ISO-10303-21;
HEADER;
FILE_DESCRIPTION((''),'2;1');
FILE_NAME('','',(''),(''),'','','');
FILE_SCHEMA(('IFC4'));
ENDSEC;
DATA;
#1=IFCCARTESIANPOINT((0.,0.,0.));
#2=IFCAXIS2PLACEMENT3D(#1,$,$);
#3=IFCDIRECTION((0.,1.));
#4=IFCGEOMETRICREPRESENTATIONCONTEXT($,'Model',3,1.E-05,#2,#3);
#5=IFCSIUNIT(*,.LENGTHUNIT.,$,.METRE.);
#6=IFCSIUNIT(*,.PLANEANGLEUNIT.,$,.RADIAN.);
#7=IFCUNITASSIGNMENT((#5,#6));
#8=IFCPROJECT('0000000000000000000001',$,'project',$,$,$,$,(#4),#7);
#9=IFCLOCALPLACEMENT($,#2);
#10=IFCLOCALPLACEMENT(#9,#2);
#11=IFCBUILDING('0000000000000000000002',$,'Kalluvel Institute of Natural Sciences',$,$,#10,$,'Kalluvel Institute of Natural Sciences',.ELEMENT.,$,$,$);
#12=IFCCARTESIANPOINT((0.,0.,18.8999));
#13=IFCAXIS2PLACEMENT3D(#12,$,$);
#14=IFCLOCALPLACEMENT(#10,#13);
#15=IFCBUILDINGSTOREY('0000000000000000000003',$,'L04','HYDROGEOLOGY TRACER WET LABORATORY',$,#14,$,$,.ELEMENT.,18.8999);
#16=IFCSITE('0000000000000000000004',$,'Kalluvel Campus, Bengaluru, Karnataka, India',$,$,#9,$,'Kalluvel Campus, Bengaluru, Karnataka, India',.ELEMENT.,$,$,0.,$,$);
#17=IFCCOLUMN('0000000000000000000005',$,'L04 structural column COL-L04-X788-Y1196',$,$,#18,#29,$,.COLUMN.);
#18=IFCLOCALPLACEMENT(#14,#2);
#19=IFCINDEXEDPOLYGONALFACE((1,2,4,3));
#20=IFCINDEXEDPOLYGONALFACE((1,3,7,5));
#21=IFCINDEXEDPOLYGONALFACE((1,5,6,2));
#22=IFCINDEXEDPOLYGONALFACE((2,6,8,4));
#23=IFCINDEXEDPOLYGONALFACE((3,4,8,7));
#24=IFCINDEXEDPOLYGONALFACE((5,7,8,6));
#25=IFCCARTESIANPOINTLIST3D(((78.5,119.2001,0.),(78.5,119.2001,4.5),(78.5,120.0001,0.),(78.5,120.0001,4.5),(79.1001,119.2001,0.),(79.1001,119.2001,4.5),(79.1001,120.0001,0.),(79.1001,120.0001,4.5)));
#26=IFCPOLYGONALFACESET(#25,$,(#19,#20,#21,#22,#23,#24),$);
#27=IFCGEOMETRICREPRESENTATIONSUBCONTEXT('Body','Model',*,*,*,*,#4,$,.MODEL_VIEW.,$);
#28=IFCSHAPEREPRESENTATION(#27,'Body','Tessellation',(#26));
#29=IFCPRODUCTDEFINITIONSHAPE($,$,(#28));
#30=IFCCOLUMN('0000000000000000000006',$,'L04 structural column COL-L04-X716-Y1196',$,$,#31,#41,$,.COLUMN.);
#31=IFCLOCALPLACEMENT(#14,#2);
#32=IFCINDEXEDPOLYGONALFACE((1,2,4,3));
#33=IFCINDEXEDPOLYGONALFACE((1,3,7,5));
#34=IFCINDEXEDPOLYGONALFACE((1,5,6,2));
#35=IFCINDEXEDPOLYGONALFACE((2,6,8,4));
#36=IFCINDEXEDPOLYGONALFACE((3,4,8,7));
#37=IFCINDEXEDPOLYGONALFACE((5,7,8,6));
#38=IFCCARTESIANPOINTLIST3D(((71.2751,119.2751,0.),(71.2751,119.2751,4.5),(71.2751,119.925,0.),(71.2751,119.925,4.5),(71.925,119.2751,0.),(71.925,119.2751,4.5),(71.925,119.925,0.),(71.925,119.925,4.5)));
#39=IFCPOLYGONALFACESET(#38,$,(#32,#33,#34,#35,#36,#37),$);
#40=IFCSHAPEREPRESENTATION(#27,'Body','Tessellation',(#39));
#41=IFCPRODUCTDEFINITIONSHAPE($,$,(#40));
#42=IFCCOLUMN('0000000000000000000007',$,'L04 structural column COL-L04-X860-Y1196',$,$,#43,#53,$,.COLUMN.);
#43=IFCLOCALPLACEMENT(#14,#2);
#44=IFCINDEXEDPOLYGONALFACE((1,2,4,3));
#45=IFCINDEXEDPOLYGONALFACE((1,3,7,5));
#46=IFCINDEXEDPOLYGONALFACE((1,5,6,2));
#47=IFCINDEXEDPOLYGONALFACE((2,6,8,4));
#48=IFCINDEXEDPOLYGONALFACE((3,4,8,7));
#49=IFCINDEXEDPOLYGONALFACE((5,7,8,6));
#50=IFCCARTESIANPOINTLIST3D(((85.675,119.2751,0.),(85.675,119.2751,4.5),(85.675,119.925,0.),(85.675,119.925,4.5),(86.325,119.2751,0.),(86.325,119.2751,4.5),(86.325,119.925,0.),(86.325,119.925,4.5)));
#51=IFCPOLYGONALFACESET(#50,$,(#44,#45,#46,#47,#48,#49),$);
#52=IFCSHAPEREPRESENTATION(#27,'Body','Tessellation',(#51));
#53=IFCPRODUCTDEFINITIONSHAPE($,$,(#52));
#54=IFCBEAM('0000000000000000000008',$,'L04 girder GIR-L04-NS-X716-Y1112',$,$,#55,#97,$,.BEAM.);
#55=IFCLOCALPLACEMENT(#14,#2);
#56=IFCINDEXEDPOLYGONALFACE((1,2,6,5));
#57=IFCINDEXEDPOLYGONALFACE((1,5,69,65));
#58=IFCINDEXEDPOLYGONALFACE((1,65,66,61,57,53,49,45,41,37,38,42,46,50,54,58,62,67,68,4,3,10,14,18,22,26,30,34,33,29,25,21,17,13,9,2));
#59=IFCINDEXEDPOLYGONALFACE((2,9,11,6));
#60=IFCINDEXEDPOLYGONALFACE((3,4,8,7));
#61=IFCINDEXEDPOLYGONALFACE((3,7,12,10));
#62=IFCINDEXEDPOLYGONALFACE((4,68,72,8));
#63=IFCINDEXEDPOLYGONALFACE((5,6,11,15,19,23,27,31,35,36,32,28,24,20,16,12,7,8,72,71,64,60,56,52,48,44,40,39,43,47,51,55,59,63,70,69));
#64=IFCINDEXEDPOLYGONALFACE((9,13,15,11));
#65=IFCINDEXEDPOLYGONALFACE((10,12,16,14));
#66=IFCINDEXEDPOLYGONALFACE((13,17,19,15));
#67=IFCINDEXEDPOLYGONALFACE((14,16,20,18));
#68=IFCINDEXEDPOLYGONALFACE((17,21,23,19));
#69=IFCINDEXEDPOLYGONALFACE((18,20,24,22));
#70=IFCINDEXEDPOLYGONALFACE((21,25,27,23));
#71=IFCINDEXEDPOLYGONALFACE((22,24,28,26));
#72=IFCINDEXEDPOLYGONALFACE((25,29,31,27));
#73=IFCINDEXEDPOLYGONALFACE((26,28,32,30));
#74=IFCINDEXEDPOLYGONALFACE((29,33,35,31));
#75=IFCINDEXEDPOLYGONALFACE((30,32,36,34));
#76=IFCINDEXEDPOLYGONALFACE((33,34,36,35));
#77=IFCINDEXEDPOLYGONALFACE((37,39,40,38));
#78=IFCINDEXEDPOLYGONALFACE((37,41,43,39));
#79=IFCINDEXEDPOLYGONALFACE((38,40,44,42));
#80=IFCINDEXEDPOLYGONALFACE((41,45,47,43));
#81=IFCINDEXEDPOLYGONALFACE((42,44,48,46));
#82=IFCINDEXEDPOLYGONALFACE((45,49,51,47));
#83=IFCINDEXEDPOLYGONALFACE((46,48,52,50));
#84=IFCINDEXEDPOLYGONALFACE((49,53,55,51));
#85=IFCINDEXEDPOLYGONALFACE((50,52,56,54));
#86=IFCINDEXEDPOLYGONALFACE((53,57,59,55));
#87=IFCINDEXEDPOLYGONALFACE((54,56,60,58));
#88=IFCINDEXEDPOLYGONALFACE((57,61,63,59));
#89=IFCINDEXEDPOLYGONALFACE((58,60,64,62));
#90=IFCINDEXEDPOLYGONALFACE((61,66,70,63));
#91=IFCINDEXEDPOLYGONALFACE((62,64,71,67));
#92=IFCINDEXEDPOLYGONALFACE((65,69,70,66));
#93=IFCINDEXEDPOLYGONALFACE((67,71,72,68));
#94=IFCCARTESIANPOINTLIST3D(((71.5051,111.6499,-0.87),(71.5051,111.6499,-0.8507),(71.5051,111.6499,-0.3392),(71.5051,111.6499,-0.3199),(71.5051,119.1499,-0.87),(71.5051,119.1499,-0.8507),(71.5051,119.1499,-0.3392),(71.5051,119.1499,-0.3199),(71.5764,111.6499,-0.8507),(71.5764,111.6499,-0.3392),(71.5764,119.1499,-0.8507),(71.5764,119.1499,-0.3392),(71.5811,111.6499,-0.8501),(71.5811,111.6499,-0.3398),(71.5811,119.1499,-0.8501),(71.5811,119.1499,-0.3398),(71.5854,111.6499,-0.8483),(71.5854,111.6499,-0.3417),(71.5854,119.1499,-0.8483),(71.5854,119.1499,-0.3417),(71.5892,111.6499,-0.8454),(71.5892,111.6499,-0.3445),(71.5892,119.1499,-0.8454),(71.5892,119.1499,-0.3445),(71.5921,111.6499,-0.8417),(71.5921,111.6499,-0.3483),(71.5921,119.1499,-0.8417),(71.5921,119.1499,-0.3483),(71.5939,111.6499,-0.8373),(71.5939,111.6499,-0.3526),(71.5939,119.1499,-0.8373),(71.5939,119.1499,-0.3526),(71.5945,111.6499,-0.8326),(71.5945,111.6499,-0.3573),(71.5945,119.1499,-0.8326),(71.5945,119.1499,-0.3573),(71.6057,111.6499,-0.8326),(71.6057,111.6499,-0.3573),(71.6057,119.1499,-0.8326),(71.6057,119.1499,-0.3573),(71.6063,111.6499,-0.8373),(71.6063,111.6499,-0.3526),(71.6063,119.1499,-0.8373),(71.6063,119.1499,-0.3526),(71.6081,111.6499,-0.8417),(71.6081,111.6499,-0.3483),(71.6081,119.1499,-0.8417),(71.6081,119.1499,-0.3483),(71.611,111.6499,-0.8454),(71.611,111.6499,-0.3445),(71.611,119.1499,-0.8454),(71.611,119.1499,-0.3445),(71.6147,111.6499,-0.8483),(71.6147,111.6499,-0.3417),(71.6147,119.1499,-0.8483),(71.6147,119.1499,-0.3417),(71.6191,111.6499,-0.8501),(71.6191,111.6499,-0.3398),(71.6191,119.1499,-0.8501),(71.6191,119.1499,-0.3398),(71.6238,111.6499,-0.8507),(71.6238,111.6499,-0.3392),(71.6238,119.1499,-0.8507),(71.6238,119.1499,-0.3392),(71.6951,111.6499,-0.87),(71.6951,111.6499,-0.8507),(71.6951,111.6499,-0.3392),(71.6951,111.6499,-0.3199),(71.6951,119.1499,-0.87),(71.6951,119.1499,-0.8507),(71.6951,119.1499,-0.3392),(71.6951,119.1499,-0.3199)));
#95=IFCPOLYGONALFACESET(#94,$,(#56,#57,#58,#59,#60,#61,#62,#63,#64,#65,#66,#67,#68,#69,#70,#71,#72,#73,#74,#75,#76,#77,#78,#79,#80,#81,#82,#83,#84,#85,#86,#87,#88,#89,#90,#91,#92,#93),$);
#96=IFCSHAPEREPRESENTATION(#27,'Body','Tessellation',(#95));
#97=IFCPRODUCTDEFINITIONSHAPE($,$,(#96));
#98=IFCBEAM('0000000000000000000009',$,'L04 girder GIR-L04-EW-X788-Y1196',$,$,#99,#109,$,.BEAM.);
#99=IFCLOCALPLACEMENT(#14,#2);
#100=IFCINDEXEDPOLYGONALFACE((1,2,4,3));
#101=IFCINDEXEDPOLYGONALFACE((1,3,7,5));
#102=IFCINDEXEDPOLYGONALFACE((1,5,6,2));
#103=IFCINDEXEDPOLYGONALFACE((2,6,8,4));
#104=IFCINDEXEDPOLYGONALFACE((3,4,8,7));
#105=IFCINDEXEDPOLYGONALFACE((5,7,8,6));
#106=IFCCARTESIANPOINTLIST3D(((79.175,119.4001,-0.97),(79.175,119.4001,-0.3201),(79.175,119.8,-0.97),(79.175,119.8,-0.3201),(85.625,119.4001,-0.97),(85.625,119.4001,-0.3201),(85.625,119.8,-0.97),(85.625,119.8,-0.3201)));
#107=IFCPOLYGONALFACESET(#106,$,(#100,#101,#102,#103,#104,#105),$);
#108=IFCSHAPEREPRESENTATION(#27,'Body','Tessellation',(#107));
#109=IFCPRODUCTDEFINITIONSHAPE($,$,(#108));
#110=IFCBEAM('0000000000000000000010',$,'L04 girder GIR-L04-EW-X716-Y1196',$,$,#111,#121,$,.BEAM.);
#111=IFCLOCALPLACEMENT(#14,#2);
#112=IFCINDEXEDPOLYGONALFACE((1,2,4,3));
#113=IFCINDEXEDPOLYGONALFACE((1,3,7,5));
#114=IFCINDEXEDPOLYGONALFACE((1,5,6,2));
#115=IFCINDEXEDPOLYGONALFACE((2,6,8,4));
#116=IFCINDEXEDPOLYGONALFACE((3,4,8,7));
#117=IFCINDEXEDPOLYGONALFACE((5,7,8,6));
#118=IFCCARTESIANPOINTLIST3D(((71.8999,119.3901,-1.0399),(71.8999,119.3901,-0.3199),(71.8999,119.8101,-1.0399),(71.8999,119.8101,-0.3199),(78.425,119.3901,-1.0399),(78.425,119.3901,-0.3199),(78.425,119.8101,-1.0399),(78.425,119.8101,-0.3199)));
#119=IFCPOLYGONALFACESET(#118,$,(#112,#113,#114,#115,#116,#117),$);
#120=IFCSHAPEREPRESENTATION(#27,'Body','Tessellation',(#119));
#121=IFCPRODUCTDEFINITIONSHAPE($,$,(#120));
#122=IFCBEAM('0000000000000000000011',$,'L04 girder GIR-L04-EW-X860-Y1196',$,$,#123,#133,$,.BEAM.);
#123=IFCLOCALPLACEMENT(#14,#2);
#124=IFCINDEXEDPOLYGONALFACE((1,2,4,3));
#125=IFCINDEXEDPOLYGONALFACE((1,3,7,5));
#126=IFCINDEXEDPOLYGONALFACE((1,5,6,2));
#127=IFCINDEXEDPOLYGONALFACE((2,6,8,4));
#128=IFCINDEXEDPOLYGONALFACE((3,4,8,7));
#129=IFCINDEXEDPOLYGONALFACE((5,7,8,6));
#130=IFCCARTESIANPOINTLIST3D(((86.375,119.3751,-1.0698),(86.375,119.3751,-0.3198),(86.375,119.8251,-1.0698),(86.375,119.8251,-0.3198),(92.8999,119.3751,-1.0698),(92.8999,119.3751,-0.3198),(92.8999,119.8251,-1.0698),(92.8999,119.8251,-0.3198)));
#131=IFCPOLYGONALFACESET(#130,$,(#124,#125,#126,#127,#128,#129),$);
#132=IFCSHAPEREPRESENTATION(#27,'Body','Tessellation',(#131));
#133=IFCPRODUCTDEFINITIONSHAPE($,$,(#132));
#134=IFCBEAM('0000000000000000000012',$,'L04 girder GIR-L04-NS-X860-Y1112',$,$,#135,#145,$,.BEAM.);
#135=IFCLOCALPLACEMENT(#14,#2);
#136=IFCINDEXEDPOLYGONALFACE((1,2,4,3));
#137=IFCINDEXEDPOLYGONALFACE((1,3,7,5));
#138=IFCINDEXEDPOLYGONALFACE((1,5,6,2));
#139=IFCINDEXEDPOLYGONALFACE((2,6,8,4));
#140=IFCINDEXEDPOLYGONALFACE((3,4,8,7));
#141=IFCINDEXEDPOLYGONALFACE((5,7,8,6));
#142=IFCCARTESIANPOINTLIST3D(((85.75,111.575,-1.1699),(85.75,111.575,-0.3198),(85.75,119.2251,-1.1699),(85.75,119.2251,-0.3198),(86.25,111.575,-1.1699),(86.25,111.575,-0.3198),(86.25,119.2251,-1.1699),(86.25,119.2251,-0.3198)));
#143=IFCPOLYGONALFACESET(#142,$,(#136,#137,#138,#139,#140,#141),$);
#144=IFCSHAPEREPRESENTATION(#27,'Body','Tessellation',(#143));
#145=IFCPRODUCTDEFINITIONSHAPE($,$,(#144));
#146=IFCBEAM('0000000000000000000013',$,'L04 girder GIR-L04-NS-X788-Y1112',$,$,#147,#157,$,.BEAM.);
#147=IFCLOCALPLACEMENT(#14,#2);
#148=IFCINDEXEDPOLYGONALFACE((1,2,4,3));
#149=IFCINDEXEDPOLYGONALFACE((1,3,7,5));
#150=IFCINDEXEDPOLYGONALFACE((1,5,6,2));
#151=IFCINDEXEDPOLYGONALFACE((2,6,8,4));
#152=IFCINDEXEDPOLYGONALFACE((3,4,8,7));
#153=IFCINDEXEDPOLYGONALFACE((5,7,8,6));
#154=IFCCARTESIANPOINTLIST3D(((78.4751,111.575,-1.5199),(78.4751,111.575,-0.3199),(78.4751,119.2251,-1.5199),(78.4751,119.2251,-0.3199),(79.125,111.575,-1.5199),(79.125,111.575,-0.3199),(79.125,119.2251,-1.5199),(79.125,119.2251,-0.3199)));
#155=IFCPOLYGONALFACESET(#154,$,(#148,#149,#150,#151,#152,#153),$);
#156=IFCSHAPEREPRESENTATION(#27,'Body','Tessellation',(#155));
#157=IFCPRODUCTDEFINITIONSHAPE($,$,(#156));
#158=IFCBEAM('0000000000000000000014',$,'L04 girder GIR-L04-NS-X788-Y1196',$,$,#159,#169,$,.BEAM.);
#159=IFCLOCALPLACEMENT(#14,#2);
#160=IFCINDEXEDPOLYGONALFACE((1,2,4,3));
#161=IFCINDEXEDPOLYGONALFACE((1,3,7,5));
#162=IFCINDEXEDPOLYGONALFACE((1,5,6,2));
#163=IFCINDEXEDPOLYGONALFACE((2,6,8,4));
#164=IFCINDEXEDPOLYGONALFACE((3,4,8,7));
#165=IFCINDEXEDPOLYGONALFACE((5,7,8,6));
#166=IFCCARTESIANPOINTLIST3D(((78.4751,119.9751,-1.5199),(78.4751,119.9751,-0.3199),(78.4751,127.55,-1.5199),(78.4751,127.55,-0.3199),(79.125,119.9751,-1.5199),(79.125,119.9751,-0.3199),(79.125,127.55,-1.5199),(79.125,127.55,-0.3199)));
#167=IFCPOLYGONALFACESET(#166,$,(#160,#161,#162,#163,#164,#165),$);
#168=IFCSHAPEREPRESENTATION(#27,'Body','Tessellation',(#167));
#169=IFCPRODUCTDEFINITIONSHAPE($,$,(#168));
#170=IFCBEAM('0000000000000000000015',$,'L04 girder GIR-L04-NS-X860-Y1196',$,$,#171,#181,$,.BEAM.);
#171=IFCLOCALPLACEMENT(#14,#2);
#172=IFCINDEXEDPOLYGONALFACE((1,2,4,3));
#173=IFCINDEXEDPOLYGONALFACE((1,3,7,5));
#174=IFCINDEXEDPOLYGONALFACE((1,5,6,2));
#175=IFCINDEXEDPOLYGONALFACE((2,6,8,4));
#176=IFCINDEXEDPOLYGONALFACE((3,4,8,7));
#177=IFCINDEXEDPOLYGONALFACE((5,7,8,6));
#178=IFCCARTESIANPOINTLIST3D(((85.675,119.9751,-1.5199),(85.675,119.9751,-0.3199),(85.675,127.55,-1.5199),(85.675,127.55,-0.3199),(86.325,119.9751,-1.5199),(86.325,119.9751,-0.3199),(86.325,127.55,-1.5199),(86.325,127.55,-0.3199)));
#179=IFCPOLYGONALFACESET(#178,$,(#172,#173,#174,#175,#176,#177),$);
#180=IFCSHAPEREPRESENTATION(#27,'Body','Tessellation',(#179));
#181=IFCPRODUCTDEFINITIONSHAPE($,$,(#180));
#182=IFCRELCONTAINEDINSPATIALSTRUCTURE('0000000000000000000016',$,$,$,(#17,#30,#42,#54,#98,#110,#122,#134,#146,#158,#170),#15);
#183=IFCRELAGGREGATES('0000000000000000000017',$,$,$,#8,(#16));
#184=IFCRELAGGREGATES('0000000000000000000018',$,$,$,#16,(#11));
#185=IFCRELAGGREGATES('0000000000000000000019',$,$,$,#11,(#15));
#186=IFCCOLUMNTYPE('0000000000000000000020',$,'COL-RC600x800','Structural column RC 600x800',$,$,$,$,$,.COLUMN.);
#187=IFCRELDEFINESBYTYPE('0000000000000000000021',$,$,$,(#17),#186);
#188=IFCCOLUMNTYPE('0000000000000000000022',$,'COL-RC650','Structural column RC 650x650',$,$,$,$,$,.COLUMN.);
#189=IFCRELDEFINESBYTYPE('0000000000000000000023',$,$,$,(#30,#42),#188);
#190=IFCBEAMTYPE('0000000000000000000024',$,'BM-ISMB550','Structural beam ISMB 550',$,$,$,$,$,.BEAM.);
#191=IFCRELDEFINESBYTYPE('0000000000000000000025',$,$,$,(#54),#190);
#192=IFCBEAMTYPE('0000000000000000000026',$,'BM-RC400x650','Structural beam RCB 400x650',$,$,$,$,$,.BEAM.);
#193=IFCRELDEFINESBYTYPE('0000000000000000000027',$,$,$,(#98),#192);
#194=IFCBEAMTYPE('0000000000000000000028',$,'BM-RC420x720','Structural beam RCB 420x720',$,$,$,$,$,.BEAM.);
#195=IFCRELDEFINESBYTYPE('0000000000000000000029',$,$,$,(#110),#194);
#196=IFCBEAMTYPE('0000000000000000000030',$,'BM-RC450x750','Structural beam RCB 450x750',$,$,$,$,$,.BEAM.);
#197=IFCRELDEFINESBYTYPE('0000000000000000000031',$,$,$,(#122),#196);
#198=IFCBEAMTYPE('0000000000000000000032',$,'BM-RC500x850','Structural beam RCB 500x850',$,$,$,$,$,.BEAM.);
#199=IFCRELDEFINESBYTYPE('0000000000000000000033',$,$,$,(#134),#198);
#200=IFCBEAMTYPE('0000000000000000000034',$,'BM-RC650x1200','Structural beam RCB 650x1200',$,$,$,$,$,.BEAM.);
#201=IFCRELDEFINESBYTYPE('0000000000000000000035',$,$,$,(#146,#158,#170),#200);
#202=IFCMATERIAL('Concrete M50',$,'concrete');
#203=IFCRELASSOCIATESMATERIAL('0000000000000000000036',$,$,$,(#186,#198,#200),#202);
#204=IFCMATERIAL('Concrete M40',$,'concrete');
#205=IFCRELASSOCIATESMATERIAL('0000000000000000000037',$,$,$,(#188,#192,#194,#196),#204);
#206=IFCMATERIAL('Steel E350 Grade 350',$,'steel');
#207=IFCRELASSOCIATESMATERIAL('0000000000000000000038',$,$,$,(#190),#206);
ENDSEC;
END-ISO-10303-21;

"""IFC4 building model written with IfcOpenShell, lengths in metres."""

from ifc_helpers import new_model, si_unit, direction, frame, origin, origin_2d, place, context, subcontext, project, spatial, rectangle, i_section, extrude, material, material_profile, profile_set, type_object, element, save


model = new_model("IFC4")

# Units and contexts
model_context = context("Model", 3, precision=1e-05, world=origin(), true_north=direction((0.0, 1.0)))
body_context = subcontext(model_context, "Body", "Model", "MODEL_VIEW")
ifc_project = project(units=[si_unit("LENGTHUNIT", "METRE"), si_unit("PLANEANGLEUNIT", "RADIAN")], contexts=[model_context])

# Site, building, storey
site_placement = place(None, origin())
site = spatial("IfcSite", under=ifc_project, at=site_placement, Name="Kalluvel Campus, Bengaluru, Karnataka, India", LongName="Kalluvel Campus, Bengaluru, Karnataka, India", CompositionType="ELEMENT", RefElevation=0.0)
building_placement = place(site_placement, origin())
building = spatial("IfcBuilding", under=site, at=building_placement, Name="Kalluvel Institute of Natural Sciences", LongName="Kalluvel Institute of Natural Sciences", CompositionType="ELEMENT")
storey_placement = place(building_placement, frame((0.0, 0.0, 18.8999)))
storey = spatial("IfcBuildingStorey", under=building, at=storey_placement, Name="L04", Description="HYDROGEOLOGY TRACER WET LABORATORY", CompositionType="ELEMENT", Elevation=18.8999)

# Columns
ifc_material_1 = material(Name="Concrete M50", Category="concrete")
ifc_material_profile_1 = material_profile(ifc_material_1, rectangle(XDim=0.6001, YDim=0.8, at=origin_2d()), Name="RC 600x800")
ifc_profile_set_1 = profile_set([ifc_material_profile_1], Name="Concrete M50")
column_type_1 = type_object("IfcColumnType", Name="COL-RC600x800", Description="Structural column RC 600x800", PredefinedType="COLUMN", material=ifc_profile_set_1)
column_placement = place(storey_placement, frame((78.8, 119.6001, 0.0), z_axis=(0.0, 0.0, 1.0), x_axis=(1.0, 0.0, 0.0)))
element("IfcColumn", 1, at=column_placement, inside=storey, type_object=column_type_1, Name="L04 structural column COL-L04-X788-Y1196", PredefinedType="COLUMN", context=body_context, shape_type="SweptSolid", body=[
    extrude(rectangle(XDim=0.6001, YDim=0.8, at=origin_2d()), origin(), (0.0, 0.0, 1.0), 4.5),
])
ifc_material_2 = material(Name="Concrete M40", Category="concrete")
ifc_material_profile_2 = material_profile(ifc_material_2, rectangle(XDim=0.6499, YDim=0.6499, at=origin_2d()), Name="RC 650x650")
ifc_profile_set_2 = profile_set([ifc_material_profile_2], Name="Concrete M40")
column_type_2 = type_object("IfcColumnType", Name="COL-RC650", Description="Structural column RC 650x650", PredefinedType="COLUMN", material=ifc_profile_set_2)
for number, where, z_axis, x_axis, name in (
    (2, (71.6001, 119.6001, 0.0), (0.0, 0.0, 1.0), (1.0, 0.0, 0.0), "L04 structural column COL-L04-X716-Y1196"),
    (3, (86.0, 119.6001, 0.0), (0.0, 0.0, 1.0), (1.0, 0.0, 0.0), "L04 structural column COL-L04-X860-Y1196"),
):
    element("IfcColumn", number, at=place(storey_placement, frame(where, z_axis=z_axis, x_axis=x_axis)), inside=storey, type_object=column_type_2, Name=name, PredefinedType="COLUMN", context=body_context, shape_type="SweptSolid", body=[
        extrude(rectangle(XDim=0.6499, YDim=0.6499, at=origin_2d()), origin(), (0.0, 0.0, 1.0), 4.5),
    ])

# Beams
ifc_material_3 = material(Name="Steel E350 Grade 350", Category="steel")
ifc_material_profile_3 = material_profile(ifc_material_3, i_section(OverallWidth=0.1899, OverallDepth=0.55, WebThickness=0.0112, FlangeThickness=0.0193, FilletRadius=0.0181, at=origin_2d()), Name="ISMB 550")
ifc_profile_set_3 = profile_set([ifc_material_profile_3], Name="Steel E350 Grade 350")
beam_type_1 = type_object("IfcBeamType", Name="BM-ISMB550", Description="Structural beam ISMB 550", PredefinedType="BEAM", material=ifc_profile_set_3)
beam_1_placement = place(storey_placement, frame((71.6001, 111.6499, -0.595), z_axis=(0.0, 1.0, 0.0), x_axis=(-1.0, 0.0, 0.0)))
element("IfcBeam", 4, at=beam_1_placement, inside=storey, type_object=beam_type_1, Name="L04 girder GIR-L04-NS-X716-Y1112", PredefinedType="BEAM", context=body_context, shape_type="SweptSolid", body=[
    extrude(i_section(OverallWidth=0.1899, OverallDepth=0.55, WebThickness=0.0112, FlangeThickness=0.0193, FilletRadius=0.0181, at=origin_2d()), origin(), (0.0, 0.0, 1.0), 7.5),
])
ifc_material_profile_4 = material_profile(ifc_material_2, rectangle(XDim=0.3999, YDim=0.6499, at=origin_2d()), Name="RCB 400x650")
ifc_profile_set_4 = profile_set([ifc_material_profile_4], Name="Concrete M40")
beam_type_2 = type_object("IfcBeamType", Name="BM-RC400x650", Description="Structural beam RCB 400x650", PredefinedType="BEAM", material=ifc_profile_set_4)
beam_2_placement = place(storey_placement, frame((79.175, 119.6001, -0.645), z_axis=(1.0, 0.0, 0.0), x_axis=(0.0, 1.0, 0.0)))
element("IfcBeam", 5, at=beam_2_placement, inside=storey, type_object=beam_type_2, Name="L04 girder GIR-L04-EW-X788-Y1196", PredefinedType="BEAM", context=body_context, shape_type="SweptSolid", body=[
    extrude(rectangle(XDim=0.3999, YDim=0.6499, at=origin_2d()), origin(), (0.0, 0.0, 1.0), 6.45),
])
ifc_material_profile_5 = material_profile(ifc_material_2, rectangle(XDim=0.4199, YDim=0.72, at=origin_2d()), Name="RCB 420x720")
ifc_profile_set_5 = profile_set([ifc_material_profile_5], Name="Concrete M40")
beam_type_3 = type_object("IfcBeamType", Name="BM-RC420x720", Description="Structural beam RCB 420x720", PredefinedType="BEAM", material=ifc_profile_set_5)
beam_3_placement = place(storey_placement, frame((71.8999, 119.6001, -0.6799), z_axis=(1.0, 0.0, 0.0), x_axis=(0.0, 1.0, 0.0)))
element("IfcBeam", 6, at=beam_3_placement, inside=storey, type_object=beam_type_3, Name="L04 girder GIR-L04-EW-X716-Y1196", PredefinedType="BEAM", context=body_context, shape_type="SweptSolid", body=[
    extrude(rectangle(XDim=0.4199, YDim=0.72, at=origin_2d()), origin(), (0.0, 0.0, 1.0), 6.5251),
])
ifc_material_profile_6 = material_profile(ifc_material_2, rectangle(XDim=0.45, YDim=0.75, at=origin_2d()), Name="RCB 450x750")
ifc_profile_set_6 = profile_set([ifc_material_profile_6], Name="Concrete M40")
beam_type_4 = type_object("IfcBeamType", Name="BM-RC450x750", Description="Structural beam RCB 450x750", PredefinedType="BEAM", material=ifc_profile_set_6)
beam_4_placement = place(storey_placement, frame((86.375, 119.6001, -0.6948), z_axis=(1.0, 0.0, 0.0), x_axis=(0.0, 1.0, 0.0)))
element("IfcBeam", 7, at=beam_4_placement, inside=storey, type_object=beam_type_4, Name="L04 girder GIR-L04-EW-X860-Y1196", PredefinedType="BEAM", context=body_context, shape_type="SweptSolid", body=[
    extrude(rectangle(XDim=0.45, YDim=0.75, at=origin_2d()), origin(), (0.0, 0.0, 1.0), 6.5249),
])
ifc_material_profile_7 = material_profile(ifc_material_1, rectangle(XDim=0.5, YDim=0.8501, at=origin_2d()), Name="RCB 500x850")
ifc_profile_set_7 = profile_set([ifc_material_profile_7], Name="Concrete M50")
beam_type_5 = type_object("IfcBeamType", Name="BM-RC500x850", Description="Structural beam RCB 500x850", PredefinedType="BEAM", material=ifc_profile_set_7)
beam_5_placement = place(storey_placement, frame((86.0, 111.575, -0.7449), z_axis=(0.0, 1.0, 0.0), x_axis=(-1.0, 0.0, 0.0)))
element("IfcBeam", 8, at=beam_5_placement, inside=storey, type_object=beam_type_5, Name="L04 girder GIR-L04-NS-X860-Y1112", PredefinedType="BEAM", context=body_context, shape_type="SweptSolid", body=[
    extrude(rectangle(XDim=0.5, YDim=0.8501, at=origin_2d()), origin(), (0.0, 0.0, 1.0), 7.6501),
])
ifc_material_profile_8 = material_profile(ifc_material_1, rectangle(XDim=0.6499, YDim=1.2, at=origin_2d()), Name="RCB 650x1200")
ifc_profile_set_8 = profile_set([ifc_material_profile_8], Name="Concrete M50")
beam_type_6 = type_object("IfcBeamType", Name="BM-RC650x1200", Description="Structural beam RCB 650x1200", PredefinedType="BEAM", material=ifc_profile_set_8)
beam_6_placement = place(storey_placement, frame((78.8, 111.575, -0.9199), z_axis=(0.0, 1.0, 0.0), x_axis=(-1.0, 0.0, 0.0)))
element("IfcBeam", 9, at=beam_6_placement, inside=storey, type_object=beam_type_6, Name="L04 girder GIR-L04-NS-X788-Y1112", PredefinedType="BEAM", context=body_context, shape_type="SweptSolid", body=[
    extrude(rectangle(XDim=0.6499, YDim=1.2, at=origin_2d()), origin(), (0.0, 0.0, 1.0), 7.6501),
])
for number, where, z_axis, x_axis, name in (
    (10, (78.8, 119.9751, -0.9199), (0.0, 1.0, 0.0), (-1.0, 0.0, 0.0), "L04 girder GIR-L04-NS-X788-Y1196"),
    (11, (86.0, 119.9751, -0.9199), (0.0, 1.0, 0.0), (-1.0, 0.0, 0.0), "L04 girder GIR-L04-NS-X860-Y1196"),
):
    element("IfcBeam", number, at=place(storey_placement, frame(where, z_axis=z_axis, x_axis=x_axis)), inside=storey, type_object=beam_type_6, Name=name, PredefinedType="BEAM", context=body_context, shape_type="SweptSolid", body=[
        extrude(rectangle(XDim=0.6499, YDim=1.2, at=origin_2d()), origin(), (0.0, 0.0, 1.0), 7.575),
    ])

save(model, "model.ifc")
